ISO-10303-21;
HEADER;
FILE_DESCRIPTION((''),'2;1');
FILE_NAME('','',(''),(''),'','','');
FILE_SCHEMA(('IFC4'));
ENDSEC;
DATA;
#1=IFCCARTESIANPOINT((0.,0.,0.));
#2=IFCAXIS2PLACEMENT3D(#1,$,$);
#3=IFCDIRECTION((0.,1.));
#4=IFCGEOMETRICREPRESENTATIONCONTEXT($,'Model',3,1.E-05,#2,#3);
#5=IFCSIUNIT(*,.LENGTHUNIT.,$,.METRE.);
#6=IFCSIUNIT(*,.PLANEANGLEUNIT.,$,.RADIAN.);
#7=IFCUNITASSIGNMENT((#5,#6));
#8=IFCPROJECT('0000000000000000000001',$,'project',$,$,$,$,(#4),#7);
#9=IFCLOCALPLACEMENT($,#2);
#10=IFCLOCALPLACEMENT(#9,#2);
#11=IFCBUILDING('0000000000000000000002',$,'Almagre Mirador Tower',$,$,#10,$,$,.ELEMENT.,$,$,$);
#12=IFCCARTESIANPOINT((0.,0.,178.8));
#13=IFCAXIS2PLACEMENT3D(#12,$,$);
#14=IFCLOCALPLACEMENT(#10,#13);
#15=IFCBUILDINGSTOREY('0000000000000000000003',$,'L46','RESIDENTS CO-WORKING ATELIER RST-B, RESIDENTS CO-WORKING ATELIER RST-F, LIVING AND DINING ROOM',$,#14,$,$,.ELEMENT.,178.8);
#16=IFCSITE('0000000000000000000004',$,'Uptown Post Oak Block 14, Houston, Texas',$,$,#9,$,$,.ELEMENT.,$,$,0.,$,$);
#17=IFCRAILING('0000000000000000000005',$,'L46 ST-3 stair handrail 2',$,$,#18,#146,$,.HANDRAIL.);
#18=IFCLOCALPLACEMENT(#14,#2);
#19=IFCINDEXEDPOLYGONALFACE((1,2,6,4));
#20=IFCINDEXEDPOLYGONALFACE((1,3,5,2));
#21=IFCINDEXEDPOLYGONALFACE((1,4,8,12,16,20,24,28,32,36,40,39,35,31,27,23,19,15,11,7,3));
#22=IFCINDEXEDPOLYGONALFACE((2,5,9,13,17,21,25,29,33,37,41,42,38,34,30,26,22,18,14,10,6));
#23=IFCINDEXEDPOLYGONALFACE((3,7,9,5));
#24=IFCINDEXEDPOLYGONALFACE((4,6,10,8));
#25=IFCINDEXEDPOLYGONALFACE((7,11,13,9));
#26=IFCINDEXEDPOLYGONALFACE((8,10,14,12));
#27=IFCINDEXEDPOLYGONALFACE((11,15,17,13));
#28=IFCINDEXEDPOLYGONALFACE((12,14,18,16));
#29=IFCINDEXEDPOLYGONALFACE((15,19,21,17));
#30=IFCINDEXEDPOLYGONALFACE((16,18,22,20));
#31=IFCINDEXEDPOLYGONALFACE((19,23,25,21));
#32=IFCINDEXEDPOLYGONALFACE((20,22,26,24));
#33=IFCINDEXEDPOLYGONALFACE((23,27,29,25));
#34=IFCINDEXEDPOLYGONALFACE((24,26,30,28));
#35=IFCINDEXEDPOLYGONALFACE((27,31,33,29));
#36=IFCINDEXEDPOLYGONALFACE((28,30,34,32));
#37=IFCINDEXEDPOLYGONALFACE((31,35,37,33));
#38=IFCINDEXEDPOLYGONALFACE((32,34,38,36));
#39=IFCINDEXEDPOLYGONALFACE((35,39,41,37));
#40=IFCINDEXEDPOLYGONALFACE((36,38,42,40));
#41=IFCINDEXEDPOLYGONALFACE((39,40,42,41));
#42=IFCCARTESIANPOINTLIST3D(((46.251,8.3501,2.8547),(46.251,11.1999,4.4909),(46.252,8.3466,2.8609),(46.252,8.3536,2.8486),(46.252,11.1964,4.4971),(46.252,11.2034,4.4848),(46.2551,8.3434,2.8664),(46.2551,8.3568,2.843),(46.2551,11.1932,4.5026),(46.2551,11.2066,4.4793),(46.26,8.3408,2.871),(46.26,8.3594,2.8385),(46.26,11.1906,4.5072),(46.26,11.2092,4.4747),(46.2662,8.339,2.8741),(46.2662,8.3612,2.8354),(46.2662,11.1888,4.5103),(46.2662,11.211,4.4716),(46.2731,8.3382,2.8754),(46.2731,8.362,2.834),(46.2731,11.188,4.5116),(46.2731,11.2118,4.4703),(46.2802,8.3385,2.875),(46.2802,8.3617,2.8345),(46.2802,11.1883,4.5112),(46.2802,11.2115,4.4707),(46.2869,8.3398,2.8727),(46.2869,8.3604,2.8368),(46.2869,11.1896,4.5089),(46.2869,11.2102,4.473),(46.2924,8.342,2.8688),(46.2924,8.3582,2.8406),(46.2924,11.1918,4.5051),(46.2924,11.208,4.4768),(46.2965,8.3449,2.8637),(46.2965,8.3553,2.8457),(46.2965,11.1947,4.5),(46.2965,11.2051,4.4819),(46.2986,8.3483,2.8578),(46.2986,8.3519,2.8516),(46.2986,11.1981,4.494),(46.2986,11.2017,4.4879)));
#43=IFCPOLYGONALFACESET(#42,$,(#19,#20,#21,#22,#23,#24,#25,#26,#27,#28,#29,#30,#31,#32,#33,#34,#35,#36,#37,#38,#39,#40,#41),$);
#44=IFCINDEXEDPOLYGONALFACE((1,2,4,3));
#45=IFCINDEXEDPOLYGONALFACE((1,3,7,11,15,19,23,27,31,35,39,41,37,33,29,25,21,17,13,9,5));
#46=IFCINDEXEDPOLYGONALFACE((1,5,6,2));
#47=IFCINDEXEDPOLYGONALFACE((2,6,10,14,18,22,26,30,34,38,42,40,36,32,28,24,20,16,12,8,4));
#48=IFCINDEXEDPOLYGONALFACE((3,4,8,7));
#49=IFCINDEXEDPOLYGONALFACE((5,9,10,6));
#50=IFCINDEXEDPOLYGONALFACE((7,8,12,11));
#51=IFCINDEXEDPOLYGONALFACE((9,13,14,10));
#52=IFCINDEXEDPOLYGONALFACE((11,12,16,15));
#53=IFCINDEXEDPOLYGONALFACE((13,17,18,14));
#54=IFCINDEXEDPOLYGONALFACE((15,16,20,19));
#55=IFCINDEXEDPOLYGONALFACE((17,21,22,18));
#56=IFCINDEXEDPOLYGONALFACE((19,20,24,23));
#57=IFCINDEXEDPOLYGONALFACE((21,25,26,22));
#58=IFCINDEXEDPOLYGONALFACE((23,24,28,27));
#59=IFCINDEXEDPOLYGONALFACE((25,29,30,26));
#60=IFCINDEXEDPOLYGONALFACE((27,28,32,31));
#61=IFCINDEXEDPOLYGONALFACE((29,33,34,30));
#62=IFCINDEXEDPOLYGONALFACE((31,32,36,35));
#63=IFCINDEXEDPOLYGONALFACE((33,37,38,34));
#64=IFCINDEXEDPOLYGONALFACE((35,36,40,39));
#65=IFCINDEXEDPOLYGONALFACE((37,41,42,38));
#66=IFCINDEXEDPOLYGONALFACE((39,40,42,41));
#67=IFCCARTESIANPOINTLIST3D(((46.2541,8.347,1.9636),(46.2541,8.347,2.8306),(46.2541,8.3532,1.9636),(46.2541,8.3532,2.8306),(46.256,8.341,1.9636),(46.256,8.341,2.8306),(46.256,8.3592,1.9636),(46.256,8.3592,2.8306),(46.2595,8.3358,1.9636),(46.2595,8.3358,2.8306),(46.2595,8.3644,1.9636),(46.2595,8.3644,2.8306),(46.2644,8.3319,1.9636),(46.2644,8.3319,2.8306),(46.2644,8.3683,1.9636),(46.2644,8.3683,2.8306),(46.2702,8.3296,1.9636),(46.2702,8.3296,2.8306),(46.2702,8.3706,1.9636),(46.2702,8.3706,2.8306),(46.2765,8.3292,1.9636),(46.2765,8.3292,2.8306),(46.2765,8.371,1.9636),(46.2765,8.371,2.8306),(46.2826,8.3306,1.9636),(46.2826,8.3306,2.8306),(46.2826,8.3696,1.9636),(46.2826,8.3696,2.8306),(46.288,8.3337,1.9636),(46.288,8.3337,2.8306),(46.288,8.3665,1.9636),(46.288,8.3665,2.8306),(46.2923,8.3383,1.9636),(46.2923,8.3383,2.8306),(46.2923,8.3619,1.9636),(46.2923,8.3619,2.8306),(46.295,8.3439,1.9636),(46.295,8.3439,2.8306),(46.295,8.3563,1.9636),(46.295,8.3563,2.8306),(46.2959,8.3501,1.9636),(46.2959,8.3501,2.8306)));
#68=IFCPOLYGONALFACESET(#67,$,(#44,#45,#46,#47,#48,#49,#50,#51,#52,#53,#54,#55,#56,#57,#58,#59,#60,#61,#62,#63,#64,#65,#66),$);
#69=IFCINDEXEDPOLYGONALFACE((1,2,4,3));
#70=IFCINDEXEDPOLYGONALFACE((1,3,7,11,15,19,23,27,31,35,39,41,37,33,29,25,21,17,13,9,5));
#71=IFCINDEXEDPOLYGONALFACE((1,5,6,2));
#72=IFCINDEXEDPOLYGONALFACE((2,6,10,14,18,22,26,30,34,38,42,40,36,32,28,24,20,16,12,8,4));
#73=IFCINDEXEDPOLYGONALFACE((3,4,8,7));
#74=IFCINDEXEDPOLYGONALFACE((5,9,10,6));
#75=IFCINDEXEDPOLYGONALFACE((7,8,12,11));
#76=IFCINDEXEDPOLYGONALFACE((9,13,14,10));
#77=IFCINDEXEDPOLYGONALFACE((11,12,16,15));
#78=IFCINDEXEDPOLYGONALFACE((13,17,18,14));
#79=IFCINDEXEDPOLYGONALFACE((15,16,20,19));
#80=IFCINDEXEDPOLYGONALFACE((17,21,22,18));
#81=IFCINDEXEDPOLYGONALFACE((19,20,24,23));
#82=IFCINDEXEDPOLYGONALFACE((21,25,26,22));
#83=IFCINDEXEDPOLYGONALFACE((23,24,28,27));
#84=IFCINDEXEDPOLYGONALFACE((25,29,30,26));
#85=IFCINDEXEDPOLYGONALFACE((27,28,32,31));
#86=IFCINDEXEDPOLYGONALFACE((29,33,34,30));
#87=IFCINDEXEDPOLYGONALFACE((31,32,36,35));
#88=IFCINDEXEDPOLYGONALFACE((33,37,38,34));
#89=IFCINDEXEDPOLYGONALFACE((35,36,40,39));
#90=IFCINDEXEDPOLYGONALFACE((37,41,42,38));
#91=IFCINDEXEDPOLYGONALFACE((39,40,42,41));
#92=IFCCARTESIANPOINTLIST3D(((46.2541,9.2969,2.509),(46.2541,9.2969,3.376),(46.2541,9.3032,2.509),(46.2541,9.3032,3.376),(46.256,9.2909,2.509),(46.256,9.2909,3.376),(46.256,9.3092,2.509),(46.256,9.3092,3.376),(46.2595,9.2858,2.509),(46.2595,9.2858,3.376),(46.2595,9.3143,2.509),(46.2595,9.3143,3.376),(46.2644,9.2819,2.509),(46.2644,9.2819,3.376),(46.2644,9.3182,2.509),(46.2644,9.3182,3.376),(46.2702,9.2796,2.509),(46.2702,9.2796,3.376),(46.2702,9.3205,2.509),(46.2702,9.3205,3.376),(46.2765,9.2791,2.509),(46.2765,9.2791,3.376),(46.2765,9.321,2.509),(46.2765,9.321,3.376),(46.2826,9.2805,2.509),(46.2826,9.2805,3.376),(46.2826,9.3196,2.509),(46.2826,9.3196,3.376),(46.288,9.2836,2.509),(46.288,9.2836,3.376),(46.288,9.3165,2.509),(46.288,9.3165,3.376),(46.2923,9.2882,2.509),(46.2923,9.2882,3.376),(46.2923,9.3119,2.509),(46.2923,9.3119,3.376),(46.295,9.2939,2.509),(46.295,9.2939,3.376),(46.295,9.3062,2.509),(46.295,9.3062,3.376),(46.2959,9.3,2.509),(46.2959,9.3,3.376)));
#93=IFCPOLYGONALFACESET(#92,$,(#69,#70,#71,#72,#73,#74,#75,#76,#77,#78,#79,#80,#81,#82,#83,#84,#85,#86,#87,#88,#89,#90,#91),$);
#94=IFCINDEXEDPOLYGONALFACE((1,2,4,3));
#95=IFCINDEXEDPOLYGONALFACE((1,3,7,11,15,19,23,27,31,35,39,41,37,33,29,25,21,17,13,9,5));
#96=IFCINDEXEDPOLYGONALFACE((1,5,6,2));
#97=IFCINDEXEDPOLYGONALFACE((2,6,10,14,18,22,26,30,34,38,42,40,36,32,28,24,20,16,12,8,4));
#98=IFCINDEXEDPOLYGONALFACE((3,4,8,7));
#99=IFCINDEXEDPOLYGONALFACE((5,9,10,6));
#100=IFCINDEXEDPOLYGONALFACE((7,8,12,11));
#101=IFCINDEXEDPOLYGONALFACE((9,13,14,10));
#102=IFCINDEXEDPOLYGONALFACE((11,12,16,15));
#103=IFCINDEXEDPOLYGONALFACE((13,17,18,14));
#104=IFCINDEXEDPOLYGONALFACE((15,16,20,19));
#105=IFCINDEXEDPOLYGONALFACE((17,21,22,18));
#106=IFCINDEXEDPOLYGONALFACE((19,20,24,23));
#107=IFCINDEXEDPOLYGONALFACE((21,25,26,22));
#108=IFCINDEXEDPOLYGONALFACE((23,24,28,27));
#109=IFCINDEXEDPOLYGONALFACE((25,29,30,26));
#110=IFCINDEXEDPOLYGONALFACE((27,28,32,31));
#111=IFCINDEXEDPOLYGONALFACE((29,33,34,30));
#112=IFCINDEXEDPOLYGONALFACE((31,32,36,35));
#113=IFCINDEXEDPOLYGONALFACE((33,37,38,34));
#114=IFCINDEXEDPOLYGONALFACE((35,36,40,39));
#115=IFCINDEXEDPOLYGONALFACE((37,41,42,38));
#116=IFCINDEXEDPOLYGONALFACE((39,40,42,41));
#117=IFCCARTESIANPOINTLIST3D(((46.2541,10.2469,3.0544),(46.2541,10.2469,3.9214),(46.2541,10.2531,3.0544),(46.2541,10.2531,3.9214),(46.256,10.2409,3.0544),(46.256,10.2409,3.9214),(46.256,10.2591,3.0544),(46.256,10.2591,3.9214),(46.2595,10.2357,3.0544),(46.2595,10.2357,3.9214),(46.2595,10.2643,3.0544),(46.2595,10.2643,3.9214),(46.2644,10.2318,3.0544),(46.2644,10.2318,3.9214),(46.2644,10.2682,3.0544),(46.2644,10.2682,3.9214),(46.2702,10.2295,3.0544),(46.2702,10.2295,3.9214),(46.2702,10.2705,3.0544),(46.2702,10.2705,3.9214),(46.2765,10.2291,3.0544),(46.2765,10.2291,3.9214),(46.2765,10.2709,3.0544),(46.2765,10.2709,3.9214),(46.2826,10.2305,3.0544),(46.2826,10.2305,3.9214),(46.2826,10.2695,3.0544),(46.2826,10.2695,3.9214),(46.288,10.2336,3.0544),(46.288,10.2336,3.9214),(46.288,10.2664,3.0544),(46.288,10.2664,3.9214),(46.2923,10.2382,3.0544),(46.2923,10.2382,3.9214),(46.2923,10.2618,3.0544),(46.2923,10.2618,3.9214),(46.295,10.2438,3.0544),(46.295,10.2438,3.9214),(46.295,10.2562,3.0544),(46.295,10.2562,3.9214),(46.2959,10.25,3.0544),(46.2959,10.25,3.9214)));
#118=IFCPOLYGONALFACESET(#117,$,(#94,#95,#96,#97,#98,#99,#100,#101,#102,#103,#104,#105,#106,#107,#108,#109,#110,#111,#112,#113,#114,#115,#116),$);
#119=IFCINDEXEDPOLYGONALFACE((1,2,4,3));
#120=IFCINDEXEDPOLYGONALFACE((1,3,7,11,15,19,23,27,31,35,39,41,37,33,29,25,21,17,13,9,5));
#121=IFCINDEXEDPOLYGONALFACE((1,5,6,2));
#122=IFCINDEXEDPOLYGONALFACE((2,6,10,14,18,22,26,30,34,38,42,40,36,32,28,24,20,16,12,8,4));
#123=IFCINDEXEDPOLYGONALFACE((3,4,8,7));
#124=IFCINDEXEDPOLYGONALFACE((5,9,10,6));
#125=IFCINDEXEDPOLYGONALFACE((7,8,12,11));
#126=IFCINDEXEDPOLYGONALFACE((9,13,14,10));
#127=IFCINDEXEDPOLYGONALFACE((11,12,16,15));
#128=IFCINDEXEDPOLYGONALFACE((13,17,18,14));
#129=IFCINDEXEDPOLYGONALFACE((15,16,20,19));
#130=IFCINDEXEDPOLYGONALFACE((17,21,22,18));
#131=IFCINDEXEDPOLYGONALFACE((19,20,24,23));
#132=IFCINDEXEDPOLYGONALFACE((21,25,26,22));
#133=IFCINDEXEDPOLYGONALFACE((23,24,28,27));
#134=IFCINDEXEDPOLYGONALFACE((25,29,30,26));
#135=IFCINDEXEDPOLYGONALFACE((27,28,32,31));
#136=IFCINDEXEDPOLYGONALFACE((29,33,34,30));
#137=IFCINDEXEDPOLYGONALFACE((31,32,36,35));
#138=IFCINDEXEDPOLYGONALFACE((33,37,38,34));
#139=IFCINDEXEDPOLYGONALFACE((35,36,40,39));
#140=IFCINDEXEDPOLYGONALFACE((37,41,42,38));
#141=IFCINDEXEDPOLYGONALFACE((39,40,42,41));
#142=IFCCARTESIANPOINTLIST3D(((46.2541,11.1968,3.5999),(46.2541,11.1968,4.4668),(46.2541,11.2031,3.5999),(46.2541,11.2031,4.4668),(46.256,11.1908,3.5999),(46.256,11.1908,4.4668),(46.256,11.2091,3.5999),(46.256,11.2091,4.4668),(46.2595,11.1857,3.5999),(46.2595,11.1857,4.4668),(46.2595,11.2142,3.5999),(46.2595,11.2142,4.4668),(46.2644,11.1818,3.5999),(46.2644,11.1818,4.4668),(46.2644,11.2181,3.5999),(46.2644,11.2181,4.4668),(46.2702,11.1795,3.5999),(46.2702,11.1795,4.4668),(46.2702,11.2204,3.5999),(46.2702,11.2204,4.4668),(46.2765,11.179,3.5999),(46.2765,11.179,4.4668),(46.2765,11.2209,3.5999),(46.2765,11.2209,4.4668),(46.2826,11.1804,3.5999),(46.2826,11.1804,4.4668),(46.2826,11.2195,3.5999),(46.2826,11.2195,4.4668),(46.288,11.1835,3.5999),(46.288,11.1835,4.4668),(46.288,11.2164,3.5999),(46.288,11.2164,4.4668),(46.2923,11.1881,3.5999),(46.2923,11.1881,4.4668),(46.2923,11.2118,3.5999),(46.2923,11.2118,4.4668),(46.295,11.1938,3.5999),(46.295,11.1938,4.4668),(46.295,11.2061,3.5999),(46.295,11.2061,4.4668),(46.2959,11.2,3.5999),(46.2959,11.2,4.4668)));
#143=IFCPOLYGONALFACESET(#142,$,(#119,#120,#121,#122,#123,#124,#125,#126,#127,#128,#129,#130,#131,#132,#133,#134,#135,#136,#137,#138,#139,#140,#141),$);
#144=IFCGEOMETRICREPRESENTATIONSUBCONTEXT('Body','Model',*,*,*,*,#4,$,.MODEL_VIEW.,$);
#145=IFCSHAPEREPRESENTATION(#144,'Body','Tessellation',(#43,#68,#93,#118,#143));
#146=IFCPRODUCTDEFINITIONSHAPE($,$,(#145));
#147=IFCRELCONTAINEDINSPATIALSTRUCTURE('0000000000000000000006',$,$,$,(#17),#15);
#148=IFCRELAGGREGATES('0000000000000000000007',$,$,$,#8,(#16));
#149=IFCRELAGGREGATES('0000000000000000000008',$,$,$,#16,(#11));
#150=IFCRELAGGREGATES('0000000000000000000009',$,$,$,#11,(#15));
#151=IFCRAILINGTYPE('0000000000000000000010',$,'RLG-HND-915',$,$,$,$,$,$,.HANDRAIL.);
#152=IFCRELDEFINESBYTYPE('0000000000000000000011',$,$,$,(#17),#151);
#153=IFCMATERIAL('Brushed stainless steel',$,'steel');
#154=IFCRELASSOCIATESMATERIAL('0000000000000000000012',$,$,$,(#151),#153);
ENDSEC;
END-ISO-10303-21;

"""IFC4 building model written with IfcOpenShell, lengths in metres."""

from ifc_helpers import new_model, si_unit, direction, frame, origin, origin_2d, place, context, subcontext, project, spatial, circle, extrude, material, type_object, element, save


model = new_model("IFC4")

# Units and contexts
model_context = context("Model", 3, precision=1e-05, world=origin(), true_north=direction((0.0, 1.0)))
body_context = subcontext(model_context, "Body", "Model", "MODEL_VIEW")
ifc_project = project(units=[si_unit("LENGTHUNIT", "METRE"), si_unit("PLANEANGLEUNIT", "RADIAN")], contexts=[model_context])

# Site, building, storey
site_placement = place(None, origin())
site = spatial("IfcSite", under=ifc_project, at=site_placement, Name="Uptown Post Oak Block 14, Houston, Texas", CompositionType="ELEMENT", RefElevation=0.0)
building_placement = place(site_placement, origin())
building = spatial("IfcBuilding", under=site, at=building_placement, Name="Almagre Mirador Tower", CompositionType="ELEMENT")
storey_placement = place(building_placement, frame((0.0, 0.0, 178.8)))
storey = spatial("IfcBuildingStorey", under=building, at=storey_placement, Name="L46", Description="RESIDENTS CO-WORKING ATELIER RST-B, RESIDENTS CO-WORKING ATELIER RST-F, LIVING AND DINING ROOM", CompositionType="ELEMENT", Elevation=178.8)

# Railing
ifc_material_1 = material(Name="Brushed stainless steel", Category="steel")
railing_type = type_object("IfcRailingType", Name="RLG-HND-915", PredefinedType="HANDRAIL", material=ifc_material_1)
railing_placement = place(storey_placement, frame((46.2749, 8.3501, 1.9636)))
element("IfcRailing", 1, at=railing_placement, inside=storey, type_object=railing_type, Name="L46 ST-3 stair handrail 2", PredefinedType="HANDRAIL", context=body_context, shape_type="SweptSolid", body=[
    extrude(circle(Radius=0.0239, at=origin_2d()), frame((0.0, 0.0, 0.8911), z_axis=(0.0, 0.867226, 0.497914), x_axis=(-1.0, 0.0, 0.0)), (0.0, 0.0, 1.0), 3.2861),
    extrude(circle(Radius=0.021, at=origin_2d()), origin(), (0.0, 0.0, 1.0), 0.8669),
    extrude(circle(Radius=0.021, at=origin_2d()), frame((0.0, 0.95, 0.5454)), (0.0, 0.0, 1.0), 0.8669),
    extrude(circle(Radius=0.021, at=origin_2d()), frame((0.0, 1.8999, 1.0908)), (0.0, 0.0, 1.0), 0.8669),
    extrude(circle(Radius=0.021, at=origin_2d()), frame((0.0, 2.8499, 1.6362)), (0.0, 0.0, 1.0), 0.8669),
])

save(model, "model.ifc")
